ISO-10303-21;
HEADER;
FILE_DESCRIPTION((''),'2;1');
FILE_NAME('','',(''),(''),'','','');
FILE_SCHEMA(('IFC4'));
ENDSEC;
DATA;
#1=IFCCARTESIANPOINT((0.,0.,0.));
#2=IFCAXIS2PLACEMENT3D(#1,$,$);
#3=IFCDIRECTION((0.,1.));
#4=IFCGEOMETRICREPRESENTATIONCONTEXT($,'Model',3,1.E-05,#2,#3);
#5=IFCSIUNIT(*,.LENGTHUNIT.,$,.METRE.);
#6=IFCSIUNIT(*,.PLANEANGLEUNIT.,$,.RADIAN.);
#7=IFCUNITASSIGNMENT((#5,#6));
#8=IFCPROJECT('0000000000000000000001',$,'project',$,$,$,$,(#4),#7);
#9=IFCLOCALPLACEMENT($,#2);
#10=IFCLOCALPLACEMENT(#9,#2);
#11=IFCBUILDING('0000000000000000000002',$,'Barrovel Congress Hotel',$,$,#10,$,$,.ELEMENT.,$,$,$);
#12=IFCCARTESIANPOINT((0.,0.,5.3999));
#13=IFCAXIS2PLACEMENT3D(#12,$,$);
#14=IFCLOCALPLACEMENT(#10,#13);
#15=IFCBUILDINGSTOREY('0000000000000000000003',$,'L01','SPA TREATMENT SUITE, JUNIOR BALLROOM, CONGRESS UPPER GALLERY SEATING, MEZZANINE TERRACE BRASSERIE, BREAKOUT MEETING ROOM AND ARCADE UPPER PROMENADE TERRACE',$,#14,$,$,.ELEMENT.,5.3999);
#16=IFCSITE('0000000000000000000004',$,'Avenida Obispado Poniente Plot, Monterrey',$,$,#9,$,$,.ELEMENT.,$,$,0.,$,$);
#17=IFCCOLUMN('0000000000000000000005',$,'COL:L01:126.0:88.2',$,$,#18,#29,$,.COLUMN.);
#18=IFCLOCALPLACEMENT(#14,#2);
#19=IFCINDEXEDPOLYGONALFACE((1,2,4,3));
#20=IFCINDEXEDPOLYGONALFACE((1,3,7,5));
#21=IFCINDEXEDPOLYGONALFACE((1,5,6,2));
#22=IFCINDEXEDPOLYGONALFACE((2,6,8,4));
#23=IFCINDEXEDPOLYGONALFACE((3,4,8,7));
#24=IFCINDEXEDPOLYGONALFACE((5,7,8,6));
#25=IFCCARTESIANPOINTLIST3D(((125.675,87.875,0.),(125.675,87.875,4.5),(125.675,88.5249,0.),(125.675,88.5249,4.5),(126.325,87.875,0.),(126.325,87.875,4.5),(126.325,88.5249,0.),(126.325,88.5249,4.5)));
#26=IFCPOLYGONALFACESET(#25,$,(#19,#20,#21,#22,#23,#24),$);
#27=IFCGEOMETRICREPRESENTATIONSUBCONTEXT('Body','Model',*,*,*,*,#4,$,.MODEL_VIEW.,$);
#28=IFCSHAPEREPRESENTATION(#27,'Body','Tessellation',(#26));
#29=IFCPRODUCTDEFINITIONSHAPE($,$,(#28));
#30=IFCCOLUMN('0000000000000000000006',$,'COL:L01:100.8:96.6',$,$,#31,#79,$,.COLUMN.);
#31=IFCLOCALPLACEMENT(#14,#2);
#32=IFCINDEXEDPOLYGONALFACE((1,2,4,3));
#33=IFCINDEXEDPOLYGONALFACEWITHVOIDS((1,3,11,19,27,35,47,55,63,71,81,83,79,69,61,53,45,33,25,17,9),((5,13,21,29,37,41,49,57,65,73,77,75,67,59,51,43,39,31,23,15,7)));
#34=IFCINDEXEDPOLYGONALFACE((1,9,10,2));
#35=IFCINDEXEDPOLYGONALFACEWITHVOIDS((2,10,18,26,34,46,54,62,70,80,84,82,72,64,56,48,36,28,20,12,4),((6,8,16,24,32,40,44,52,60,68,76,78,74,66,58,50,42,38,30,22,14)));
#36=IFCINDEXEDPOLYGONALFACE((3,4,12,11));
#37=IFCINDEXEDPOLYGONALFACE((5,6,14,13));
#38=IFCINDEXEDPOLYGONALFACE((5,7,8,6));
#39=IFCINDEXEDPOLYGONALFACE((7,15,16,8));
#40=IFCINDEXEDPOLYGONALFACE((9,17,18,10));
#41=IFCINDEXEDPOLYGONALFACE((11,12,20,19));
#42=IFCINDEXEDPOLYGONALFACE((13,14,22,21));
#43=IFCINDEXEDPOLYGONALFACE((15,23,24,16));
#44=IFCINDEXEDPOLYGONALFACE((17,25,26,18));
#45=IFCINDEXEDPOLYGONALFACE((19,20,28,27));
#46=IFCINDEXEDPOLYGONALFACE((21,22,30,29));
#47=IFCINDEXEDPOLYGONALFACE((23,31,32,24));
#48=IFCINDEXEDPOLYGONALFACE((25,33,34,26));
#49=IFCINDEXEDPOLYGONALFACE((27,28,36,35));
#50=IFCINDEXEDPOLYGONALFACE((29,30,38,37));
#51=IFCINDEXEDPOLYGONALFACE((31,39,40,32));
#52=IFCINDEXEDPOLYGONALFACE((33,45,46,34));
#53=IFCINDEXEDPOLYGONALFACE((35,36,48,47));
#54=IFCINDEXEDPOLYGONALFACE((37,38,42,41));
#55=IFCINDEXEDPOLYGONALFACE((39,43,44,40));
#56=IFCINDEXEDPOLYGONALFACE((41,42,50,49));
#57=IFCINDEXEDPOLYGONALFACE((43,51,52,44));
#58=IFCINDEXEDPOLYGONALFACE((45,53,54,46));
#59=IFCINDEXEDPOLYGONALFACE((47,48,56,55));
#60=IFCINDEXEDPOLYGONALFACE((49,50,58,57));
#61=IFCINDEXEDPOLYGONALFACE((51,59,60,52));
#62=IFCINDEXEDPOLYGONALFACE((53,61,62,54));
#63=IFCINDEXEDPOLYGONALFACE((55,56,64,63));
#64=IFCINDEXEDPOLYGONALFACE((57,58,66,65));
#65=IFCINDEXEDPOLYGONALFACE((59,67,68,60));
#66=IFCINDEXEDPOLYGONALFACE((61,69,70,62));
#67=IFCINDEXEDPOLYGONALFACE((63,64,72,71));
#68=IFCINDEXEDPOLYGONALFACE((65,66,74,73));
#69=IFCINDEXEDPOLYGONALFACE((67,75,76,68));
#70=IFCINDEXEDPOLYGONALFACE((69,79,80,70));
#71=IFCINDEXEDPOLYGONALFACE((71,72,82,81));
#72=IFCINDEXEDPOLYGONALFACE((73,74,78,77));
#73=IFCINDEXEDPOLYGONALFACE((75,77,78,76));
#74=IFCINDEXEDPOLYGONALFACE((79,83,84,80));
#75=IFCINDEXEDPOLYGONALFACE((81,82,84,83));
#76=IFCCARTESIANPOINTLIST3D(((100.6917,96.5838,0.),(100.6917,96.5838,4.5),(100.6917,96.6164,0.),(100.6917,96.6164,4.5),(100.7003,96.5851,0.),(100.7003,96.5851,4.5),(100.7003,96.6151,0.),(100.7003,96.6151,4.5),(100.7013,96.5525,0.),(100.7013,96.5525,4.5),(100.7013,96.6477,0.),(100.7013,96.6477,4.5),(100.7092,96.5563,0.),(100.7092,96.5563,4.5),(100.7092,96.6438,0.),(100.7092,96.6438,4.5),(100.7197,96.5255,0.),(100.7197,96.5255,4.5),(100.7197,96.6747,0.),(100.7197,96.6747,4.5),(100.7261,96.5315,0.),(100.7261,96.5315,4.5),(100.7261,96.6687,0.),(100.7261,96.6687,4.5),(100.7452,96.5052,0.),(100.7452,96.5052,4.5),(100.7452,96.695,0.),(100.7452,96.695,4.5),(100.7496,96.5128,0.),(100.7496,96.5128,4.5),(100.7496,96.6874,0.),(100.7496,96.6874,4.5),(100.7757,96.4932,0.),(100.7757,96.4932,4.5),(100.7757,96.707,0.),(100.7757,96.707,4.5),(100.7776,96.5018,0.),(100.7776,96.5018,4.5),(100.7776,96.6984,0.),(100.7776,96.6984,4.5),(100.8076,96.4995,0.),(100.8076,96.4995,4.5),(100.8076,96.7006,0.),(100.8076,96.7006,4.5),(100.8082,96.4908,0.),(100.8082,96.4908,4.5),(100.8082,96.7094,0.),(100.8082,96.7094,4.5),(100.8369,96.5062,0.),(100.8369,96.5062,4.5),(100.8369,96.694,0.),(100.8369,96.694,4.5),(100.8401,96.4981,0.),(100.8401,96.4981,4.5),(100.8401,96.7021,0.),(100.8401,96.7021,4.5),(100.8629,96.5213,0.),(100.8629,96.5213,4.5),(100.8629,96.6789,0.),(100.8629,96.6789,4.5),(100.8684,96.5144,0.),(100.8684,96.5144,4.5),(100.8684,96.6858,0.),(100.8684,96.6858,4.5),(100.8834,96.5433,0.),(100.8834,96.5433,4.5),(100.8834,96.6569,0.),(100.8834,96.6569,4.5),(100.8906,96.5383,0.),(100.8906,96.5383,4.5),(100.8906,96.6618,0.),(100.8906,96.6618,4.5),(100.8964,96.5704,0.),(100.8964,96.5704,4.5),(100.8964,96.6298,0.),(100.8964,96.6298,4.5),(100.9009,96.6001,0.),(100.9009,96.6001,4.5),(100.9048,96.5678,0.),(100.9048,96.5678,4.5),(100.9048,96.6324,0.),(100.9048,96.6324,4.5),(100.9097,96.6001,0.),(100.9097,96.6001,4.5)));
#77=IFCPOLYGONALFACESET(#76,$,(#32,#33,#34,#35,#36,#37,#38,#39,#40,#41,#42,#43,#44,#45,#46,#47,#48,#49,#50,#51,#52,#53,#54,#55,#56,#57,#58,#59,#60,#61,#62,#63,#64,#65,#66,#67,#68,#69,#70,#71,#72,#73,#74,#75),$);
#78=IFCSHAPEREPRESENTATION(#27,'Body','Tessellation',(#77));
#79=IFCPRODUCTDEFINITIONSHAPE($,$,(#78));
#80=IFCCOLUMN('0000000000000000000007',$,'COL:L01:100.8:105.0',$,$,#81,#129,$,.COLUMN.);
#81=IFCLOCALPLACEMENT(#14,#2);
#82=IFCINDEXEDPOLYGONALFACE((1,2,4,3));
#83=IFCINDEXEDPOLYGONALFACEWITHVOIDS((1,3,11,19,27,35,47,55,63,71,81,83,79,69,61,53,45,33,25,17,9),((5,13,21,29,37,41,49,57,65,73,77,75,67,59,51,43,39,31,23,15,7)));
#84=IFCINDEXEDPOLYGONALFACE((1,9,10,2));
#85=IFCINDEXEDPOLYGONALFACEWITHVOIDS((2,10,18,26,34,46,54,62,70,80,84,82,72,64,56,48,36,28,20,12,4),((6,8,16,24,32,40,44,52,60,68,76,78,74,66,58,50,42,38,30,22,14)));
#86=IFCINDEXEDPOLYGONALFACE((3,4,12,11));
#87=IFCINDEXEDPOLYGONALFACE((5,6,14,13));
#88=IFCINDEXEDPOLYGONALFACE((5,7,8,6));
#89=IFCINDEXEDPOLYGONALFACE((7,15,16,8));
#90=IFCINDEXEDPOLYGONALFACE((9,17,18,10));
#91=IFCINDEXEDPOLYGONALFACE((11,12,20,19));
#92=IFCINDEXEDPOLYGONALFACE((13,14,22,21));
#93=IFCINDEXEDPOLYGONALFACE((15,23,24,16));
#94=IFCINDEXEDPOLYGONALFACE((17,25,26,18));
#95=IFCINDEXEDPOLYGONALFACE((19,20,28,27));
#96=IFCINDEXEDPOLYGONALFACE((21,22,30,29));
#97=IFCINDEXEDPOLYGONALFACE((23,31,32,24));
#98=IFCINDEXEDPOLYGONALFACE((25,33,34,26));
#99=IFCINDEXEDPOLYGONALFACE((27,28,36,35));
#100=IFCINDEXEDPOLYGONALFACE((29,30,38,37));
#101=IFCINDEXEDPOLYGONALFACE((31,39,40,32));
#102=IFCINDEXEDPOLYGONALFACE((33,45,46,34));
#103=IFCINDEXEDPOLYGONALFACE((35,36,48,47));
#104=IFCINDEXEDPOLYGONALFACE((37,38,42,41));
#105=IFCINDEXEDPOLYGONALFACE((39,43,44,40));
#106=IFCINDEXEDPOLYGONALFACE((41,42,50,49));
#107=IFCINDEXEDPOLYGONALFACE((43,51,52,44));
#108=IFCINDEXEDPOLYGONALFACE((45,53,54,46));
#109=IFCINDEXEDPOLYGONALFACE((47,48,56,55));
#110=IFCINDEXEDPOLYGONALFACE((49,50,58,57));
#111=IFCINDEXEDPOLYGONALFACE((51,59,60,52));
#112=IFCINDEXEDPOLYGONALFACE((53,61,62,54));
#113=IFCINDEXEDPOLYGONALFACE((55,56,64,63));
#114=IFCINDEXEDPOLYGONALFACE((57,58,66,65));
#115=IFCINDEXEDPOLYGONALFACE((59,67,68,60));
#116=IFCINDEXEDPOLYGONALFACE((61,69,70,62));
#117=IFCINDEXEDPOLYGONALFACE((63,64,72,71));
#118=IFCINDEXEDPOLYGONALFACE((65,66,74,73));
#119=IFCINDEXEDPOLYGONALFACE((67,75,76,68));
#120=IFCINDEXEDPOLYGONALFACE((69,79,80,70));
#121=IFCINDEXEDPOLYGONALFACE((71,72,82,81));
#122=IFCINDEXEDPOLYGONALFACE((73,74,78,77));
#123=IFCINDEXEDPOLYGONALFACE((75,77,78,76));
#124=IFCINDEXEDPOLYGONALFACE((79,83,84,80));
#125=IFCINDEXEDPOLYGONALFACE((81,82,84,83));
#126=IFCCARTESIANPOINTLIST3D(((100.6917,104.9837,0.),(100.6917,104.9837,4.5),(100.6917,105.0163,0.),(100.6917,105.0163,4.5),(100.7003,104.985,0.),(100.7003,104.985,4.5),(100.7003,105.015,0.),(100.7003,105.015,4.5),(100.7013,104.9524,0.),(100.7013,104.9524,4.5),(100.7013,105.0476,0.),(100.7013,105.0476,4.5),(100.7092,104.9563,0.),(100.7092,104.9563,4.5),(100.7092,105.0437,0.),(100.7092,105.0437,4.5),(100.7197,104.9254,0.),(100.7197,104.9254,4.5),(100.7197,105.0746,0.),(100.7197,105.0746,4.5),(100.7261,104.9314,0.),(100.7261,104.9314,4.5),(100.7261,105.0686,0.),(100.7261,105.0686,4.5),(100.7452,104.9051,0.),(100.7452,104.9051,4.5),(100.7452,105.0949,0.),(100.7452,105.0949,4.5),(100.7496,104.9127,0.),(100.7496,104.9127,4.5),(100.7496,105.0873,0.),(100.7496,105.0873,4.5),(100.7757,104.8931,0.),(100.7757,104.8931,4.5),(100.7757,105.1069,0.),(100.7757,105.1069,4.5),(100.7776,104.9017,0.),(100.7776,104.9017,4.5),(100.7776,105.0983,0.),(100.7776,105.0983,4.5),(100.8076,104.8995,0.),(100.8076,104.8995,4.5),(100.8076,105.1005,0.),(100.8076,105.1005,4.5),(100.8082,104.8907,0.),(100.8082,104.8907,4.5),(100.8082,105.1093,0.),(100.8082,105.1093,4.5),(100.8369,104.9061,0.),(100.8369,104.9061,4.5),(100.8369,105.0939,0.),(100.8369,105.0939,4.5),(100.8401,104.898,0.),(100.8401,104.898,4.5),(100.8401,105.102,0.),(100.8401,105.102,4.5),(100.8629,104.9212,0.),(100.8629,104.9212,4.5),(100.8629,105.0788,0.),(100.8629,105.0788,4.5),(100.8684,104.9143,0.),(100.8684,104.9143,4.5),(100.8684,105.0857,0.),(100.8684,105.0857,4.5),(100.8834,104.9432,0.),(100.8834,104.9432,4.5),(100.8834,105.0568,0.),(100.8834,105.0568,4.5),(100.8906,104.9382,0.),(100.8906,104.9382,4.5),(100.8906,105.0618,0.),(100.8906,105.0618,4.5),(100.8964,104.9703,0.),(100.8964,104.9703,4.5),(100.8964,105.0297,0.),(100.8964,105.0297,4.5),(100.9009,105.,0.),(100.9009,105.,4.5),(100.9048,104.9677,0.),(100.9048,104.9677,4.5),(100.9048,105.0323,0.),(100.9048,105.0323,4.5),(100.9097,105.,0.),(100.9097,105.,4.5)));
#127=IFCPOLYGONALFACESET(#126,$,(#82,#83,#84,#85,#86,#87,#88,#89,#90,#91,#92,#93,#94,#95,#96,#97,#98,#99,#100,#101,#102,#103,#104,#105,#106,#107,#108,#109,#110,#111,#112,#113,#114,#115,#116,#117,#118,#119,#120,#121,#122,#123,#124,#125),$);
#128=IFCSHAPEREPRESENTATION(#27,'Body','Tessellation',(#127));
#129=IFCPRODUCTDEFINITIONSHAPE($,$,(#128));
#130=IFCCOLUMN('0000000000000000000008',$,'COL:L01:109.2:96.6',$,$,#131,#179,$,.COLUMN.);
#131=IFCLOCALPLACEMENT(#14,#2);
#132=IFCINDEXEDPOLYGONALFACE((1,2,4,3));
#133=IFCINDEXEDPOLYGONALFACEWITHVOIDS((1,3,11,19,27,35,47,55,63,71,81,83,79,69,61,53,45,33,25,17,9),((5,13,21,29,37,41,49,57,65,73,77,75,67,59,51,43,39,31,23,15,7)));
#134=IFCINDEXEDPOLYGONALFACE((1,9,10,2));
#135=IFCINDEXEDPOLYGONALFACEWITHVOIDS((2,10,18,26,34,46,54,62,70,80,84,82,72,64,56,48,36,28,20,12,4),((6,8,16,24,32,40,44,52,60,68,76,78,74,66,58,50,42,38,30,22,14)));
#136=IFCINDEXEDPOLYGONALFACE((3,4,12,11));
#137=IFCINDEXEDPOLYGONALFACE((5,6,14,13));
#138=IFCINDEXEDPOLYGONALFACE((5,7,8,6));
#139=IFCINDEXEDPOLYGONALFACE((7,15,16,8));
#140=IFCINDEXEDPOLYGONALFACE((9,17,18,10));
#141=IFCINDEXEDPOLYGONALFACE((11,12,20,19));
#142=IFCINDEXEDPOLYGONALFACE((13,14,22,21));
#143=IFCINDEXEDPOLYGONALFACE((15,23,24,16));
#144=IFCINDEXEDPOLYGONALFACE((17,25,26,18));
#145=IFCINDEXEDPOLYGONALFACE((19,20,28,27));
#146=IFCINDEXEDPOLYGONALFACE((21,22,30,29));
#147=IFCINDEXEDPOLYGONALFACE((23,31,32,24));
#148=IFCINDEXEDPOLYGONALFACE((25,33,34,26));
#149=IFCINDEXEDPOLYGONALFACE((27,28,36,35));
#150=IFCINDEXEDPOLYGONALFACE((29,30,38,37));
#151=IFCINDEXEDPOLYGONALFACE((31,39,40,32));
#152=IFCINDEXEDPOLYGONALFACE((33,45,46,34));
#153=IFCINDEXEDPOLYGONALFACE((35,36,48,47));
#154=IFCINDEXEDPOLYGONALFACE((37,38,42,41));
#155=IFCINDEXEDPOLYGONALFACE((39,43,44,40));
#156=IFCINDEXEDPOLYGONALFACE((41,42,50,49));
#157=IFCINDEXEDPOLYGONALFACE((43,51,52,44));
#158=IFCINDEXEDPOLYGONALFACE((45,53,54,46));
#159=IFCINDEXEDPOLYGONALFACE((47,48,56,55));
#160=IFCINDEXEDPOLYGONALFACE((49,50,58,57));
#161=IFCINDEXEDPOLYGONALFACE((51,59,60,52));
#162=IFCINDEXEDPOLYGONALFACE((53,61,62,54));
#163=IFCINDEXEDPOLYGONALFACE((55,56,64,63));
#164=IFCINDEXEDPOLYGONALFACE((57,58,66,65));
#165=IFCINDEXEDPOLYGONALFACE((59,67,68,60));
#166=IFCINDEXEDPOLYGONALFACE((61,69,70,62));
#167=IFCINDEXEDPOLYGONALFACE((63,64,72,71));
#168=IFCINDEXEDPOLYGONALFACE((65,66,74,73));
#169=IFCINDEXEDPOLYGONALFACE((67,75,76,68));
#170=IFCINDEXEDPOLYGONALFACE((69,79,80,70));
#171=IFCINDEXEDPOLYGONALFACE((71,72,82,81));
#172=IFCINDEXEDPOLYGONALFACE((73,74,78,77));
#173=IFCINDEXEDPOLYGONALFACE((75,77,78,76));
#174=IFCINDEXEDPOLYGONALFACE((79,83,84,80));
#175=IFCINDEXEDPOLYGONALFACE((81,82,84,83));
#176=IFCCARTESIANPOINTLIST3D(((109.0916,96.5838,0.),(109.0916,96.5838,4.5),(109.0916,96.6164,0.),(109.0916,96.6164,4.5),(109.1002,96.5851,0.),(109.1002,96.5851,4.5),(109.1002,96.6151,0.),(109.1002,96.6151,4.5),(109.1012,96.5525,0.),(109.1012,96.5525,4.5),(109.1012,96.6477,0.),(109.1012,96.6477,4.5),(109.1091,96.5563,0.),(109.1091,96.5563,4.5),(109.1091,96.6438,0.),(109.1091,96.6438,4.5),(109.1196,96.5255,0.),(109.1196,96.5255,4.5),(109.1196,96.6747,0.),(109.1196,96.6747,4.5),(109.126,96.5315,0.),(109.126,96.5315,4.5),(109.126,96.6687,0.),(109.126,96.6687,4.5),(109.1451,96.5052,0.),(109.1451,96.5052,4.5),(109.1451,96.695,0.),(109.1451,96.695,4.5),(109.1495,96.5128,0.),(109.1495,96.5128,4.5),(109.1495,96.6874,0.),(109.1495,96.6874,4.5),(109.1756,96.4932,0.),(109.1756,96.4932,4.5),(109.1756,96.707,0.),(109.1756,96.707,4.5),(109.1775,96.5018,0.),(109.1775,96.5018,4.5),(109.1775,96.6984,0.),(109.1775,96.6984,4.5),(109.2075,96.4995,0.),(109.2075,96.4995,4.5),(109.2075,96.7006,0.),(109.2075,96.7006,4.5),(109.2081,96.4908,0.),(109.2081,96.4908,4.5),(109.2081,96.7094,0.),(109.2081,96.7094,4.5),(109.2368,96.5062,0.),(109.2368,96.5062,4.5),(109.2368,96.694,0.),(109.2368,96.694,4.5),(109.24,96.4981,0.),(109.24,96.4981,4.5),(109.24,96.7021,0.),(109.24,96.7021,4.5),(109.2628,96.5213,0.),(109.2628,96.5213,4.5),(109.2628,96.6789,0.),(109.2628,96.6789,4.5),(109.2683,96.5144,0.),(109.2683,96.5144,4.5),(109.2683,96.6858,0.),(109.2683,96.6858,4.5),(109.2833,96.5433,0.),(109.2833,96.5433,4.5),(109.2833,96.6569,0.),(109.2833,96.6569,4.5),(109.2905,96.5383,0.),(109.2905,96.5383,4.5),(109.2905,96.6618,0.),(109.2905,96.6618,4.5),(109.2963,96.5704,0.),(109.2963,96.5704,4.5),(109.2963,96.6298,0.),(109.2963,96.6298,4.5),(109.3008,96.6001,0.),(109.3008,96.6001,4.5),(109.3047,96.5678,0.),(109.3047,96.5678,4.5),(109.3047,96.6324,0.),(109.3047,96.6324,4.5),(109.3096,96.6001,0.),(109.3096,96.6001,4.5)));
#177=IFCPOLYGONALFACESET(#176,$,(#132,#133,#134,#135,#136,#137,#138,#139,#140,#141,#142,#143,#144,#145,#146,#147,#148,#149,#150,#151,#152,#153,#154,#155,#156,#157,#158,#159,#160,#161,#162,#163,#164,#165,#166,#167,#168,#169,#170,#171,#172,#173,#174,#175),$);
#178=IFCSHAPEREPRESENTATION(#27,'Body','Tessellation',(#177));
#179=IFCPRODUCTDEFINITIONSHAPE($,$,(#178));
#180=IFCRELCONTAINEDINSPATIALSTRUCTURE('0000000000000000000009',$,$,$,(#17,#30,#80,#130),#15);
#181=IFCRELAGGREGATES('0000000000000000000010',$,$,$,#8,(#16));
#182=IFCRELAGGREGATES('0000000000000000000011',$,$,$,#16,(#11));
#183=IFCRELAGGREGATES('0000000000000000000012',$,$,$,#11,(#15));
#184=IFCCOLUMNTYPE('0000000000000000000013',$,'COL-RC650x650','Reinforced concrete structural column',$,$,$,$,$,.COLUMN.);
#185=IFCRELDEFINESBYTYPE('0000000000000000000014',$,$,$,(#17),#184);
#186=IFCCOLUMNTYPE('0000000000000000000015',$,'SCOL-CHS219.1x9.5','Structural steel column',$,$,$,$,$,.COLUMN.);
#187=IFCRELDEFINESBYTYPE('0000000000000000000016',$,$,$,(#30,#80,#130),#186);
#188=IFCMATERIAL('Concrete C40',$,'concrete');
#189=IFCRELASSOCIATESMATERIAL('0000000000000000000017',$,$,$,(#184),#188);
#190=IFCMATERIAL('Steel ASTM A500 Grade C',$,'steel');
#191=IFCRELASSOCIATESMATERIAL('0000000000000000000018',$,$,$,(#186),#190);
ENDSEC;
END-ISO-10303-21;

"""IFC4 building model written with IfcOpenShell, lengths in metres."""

from ifc_helpers import new_model, si_unit, direction, frame, origin, origin_2d, place, context, subcontext, project, spatial, rectangle, hollow_circle, extrude, material, material_profile, profile_set, type_object, element, save


model = new_model("IFC4")

# Units and contexts
model_context = context("Model", 3, precision=1e-05, world=origin(), true_north=direction((0.0, 1.0)))
body_context = subcontext(model_context, "Body", "Model", "MODEL_VIEW")
ifc_project = project(units=[si_unit("LENGTHUNIT", "METRE"), si_unit("PLANEANGLEUNIT", "RADIAN")], contexts=[model_context])

# Site, building, storey
site_placement = place(None, origin())
site = spatial("IfcSite", under=ifc_project, at=site_placement, Name="Avenida Obispado Poniente Plot, Monterrey", CompositionType="ELEMENT", RefElevation=0.0)
building_placement = place(site_placement, origin())
building = spatial("IfcBuilding", under=site, at=building_placement, Name="Barrovel Congress Hotel", CompositionType="ELEMENT")
storey_placement = place(building_placement, frame((0.0, 0.0, 5.3999)))
storey = spatial("IfcBuildingStorey", under=building, at=storey_placement, Name="L01", Description="SPA TREATMENT SUITE, JUNIOR BALLROOM, CONGRESS UPPER GALLERY SEATING, MEZZANINE TERRACE BRASSERIE, BREAKOUT MEETING ROOM AND ARCADE UPPER PROMENADE TERRACE", CompositionType="ELEMENT", Elevation=5.3999)

# Columns
ifc_material_1 = material(Name="Concrete C40", Category="concrete")
ifc_material_profile_1 = material_profile(ifc_material_1, rectangle(XDim=0.6499, YDim=0.6499, at=origin_2d()), Name="RC650x650")
ifc_profile_set_1 = profile_set([ifc_material_profile_1], Name="Concrete C40")
column_type_1 = type_object("IfcColumnType", Name="COL-RC650x650", Description="Reinforced concrete structural column", PredefinedType="COLUMN", material=ifc_profile_set_1)
column_placement = place(storey_placement, frame((126.0, 88.2, 0.0), z_axis=(0.0, 0.0, 1.0), x_axis=(1.0, 0.0, 0.0)))
element("IfcColumn", 1, at=column_placement, inside=storey, type_object=column_type_1, Name="COL:L01:126.0:88.2", PredefinedType="COLUMN", context=body_context, shape_type="SweptSolid", body=[
    extrude(rectangle(XDim=0.6499, YDim=0.6499, at=origin_2d()), origin(), (0.0, 0.0, 1.0), 4.5),
])
ifc_material_2 = material(Name="Steel ASTM A500 Grade C", Category="steel")
ifc_material_profile_2 = material_profile(ifc_material_2, hollow_circle(Radius=0.1096, WallThickness=0.0088, at=origin_2d()), Name="CHS219.1x9.5")
ifc_profile_set_2 = profile_set([ifc_material_profile_2], Name="Steel ASTM A500 Grade C")
column_type_2 = type_object("IfcColumnType", Name="SCOL-CHS219.1x9.5", Description="Structural steel column", PredefinedType="COLUMN", material=ifc_profile_set_2)
for number, where, z_axis, x_axis, name in (
    (2, (100.8, 96.6001, 0.0), (0.0, 0.0, 1.0), (1.0, 0.0, 0.0), "COL:L01:100.8:96.6"),
    (3, (100.8, 105.0, 0.0), (0.0, 0.0, 1.0), (1.0, 0.0, 0.0), "COL:L01:100.8:105.0"),
    (4, (109.2, 96.6001, 0.0), (0.0, 0.0, 1.0), (1.0, 0.0, 0.0), "COL:L01:109.2:96.6"),
):
    element("IfcColumn", number, at=place(storey_placement, frame(where, z_axis=z_axis, x_axis=x_axis)), inside=storey, type_object=column_type_2, Name=name, PredefinedType="COLUMN", context=body_context, shape_type="SweptSolid", body=[
        extrude(hollow_circle(Radius=0.1096, WallThickness=0.0088, at=origin_2d()), origin(), (0.0, 0.0, 1.0), 4.5),
    ])

save(model, "model.ifc")
